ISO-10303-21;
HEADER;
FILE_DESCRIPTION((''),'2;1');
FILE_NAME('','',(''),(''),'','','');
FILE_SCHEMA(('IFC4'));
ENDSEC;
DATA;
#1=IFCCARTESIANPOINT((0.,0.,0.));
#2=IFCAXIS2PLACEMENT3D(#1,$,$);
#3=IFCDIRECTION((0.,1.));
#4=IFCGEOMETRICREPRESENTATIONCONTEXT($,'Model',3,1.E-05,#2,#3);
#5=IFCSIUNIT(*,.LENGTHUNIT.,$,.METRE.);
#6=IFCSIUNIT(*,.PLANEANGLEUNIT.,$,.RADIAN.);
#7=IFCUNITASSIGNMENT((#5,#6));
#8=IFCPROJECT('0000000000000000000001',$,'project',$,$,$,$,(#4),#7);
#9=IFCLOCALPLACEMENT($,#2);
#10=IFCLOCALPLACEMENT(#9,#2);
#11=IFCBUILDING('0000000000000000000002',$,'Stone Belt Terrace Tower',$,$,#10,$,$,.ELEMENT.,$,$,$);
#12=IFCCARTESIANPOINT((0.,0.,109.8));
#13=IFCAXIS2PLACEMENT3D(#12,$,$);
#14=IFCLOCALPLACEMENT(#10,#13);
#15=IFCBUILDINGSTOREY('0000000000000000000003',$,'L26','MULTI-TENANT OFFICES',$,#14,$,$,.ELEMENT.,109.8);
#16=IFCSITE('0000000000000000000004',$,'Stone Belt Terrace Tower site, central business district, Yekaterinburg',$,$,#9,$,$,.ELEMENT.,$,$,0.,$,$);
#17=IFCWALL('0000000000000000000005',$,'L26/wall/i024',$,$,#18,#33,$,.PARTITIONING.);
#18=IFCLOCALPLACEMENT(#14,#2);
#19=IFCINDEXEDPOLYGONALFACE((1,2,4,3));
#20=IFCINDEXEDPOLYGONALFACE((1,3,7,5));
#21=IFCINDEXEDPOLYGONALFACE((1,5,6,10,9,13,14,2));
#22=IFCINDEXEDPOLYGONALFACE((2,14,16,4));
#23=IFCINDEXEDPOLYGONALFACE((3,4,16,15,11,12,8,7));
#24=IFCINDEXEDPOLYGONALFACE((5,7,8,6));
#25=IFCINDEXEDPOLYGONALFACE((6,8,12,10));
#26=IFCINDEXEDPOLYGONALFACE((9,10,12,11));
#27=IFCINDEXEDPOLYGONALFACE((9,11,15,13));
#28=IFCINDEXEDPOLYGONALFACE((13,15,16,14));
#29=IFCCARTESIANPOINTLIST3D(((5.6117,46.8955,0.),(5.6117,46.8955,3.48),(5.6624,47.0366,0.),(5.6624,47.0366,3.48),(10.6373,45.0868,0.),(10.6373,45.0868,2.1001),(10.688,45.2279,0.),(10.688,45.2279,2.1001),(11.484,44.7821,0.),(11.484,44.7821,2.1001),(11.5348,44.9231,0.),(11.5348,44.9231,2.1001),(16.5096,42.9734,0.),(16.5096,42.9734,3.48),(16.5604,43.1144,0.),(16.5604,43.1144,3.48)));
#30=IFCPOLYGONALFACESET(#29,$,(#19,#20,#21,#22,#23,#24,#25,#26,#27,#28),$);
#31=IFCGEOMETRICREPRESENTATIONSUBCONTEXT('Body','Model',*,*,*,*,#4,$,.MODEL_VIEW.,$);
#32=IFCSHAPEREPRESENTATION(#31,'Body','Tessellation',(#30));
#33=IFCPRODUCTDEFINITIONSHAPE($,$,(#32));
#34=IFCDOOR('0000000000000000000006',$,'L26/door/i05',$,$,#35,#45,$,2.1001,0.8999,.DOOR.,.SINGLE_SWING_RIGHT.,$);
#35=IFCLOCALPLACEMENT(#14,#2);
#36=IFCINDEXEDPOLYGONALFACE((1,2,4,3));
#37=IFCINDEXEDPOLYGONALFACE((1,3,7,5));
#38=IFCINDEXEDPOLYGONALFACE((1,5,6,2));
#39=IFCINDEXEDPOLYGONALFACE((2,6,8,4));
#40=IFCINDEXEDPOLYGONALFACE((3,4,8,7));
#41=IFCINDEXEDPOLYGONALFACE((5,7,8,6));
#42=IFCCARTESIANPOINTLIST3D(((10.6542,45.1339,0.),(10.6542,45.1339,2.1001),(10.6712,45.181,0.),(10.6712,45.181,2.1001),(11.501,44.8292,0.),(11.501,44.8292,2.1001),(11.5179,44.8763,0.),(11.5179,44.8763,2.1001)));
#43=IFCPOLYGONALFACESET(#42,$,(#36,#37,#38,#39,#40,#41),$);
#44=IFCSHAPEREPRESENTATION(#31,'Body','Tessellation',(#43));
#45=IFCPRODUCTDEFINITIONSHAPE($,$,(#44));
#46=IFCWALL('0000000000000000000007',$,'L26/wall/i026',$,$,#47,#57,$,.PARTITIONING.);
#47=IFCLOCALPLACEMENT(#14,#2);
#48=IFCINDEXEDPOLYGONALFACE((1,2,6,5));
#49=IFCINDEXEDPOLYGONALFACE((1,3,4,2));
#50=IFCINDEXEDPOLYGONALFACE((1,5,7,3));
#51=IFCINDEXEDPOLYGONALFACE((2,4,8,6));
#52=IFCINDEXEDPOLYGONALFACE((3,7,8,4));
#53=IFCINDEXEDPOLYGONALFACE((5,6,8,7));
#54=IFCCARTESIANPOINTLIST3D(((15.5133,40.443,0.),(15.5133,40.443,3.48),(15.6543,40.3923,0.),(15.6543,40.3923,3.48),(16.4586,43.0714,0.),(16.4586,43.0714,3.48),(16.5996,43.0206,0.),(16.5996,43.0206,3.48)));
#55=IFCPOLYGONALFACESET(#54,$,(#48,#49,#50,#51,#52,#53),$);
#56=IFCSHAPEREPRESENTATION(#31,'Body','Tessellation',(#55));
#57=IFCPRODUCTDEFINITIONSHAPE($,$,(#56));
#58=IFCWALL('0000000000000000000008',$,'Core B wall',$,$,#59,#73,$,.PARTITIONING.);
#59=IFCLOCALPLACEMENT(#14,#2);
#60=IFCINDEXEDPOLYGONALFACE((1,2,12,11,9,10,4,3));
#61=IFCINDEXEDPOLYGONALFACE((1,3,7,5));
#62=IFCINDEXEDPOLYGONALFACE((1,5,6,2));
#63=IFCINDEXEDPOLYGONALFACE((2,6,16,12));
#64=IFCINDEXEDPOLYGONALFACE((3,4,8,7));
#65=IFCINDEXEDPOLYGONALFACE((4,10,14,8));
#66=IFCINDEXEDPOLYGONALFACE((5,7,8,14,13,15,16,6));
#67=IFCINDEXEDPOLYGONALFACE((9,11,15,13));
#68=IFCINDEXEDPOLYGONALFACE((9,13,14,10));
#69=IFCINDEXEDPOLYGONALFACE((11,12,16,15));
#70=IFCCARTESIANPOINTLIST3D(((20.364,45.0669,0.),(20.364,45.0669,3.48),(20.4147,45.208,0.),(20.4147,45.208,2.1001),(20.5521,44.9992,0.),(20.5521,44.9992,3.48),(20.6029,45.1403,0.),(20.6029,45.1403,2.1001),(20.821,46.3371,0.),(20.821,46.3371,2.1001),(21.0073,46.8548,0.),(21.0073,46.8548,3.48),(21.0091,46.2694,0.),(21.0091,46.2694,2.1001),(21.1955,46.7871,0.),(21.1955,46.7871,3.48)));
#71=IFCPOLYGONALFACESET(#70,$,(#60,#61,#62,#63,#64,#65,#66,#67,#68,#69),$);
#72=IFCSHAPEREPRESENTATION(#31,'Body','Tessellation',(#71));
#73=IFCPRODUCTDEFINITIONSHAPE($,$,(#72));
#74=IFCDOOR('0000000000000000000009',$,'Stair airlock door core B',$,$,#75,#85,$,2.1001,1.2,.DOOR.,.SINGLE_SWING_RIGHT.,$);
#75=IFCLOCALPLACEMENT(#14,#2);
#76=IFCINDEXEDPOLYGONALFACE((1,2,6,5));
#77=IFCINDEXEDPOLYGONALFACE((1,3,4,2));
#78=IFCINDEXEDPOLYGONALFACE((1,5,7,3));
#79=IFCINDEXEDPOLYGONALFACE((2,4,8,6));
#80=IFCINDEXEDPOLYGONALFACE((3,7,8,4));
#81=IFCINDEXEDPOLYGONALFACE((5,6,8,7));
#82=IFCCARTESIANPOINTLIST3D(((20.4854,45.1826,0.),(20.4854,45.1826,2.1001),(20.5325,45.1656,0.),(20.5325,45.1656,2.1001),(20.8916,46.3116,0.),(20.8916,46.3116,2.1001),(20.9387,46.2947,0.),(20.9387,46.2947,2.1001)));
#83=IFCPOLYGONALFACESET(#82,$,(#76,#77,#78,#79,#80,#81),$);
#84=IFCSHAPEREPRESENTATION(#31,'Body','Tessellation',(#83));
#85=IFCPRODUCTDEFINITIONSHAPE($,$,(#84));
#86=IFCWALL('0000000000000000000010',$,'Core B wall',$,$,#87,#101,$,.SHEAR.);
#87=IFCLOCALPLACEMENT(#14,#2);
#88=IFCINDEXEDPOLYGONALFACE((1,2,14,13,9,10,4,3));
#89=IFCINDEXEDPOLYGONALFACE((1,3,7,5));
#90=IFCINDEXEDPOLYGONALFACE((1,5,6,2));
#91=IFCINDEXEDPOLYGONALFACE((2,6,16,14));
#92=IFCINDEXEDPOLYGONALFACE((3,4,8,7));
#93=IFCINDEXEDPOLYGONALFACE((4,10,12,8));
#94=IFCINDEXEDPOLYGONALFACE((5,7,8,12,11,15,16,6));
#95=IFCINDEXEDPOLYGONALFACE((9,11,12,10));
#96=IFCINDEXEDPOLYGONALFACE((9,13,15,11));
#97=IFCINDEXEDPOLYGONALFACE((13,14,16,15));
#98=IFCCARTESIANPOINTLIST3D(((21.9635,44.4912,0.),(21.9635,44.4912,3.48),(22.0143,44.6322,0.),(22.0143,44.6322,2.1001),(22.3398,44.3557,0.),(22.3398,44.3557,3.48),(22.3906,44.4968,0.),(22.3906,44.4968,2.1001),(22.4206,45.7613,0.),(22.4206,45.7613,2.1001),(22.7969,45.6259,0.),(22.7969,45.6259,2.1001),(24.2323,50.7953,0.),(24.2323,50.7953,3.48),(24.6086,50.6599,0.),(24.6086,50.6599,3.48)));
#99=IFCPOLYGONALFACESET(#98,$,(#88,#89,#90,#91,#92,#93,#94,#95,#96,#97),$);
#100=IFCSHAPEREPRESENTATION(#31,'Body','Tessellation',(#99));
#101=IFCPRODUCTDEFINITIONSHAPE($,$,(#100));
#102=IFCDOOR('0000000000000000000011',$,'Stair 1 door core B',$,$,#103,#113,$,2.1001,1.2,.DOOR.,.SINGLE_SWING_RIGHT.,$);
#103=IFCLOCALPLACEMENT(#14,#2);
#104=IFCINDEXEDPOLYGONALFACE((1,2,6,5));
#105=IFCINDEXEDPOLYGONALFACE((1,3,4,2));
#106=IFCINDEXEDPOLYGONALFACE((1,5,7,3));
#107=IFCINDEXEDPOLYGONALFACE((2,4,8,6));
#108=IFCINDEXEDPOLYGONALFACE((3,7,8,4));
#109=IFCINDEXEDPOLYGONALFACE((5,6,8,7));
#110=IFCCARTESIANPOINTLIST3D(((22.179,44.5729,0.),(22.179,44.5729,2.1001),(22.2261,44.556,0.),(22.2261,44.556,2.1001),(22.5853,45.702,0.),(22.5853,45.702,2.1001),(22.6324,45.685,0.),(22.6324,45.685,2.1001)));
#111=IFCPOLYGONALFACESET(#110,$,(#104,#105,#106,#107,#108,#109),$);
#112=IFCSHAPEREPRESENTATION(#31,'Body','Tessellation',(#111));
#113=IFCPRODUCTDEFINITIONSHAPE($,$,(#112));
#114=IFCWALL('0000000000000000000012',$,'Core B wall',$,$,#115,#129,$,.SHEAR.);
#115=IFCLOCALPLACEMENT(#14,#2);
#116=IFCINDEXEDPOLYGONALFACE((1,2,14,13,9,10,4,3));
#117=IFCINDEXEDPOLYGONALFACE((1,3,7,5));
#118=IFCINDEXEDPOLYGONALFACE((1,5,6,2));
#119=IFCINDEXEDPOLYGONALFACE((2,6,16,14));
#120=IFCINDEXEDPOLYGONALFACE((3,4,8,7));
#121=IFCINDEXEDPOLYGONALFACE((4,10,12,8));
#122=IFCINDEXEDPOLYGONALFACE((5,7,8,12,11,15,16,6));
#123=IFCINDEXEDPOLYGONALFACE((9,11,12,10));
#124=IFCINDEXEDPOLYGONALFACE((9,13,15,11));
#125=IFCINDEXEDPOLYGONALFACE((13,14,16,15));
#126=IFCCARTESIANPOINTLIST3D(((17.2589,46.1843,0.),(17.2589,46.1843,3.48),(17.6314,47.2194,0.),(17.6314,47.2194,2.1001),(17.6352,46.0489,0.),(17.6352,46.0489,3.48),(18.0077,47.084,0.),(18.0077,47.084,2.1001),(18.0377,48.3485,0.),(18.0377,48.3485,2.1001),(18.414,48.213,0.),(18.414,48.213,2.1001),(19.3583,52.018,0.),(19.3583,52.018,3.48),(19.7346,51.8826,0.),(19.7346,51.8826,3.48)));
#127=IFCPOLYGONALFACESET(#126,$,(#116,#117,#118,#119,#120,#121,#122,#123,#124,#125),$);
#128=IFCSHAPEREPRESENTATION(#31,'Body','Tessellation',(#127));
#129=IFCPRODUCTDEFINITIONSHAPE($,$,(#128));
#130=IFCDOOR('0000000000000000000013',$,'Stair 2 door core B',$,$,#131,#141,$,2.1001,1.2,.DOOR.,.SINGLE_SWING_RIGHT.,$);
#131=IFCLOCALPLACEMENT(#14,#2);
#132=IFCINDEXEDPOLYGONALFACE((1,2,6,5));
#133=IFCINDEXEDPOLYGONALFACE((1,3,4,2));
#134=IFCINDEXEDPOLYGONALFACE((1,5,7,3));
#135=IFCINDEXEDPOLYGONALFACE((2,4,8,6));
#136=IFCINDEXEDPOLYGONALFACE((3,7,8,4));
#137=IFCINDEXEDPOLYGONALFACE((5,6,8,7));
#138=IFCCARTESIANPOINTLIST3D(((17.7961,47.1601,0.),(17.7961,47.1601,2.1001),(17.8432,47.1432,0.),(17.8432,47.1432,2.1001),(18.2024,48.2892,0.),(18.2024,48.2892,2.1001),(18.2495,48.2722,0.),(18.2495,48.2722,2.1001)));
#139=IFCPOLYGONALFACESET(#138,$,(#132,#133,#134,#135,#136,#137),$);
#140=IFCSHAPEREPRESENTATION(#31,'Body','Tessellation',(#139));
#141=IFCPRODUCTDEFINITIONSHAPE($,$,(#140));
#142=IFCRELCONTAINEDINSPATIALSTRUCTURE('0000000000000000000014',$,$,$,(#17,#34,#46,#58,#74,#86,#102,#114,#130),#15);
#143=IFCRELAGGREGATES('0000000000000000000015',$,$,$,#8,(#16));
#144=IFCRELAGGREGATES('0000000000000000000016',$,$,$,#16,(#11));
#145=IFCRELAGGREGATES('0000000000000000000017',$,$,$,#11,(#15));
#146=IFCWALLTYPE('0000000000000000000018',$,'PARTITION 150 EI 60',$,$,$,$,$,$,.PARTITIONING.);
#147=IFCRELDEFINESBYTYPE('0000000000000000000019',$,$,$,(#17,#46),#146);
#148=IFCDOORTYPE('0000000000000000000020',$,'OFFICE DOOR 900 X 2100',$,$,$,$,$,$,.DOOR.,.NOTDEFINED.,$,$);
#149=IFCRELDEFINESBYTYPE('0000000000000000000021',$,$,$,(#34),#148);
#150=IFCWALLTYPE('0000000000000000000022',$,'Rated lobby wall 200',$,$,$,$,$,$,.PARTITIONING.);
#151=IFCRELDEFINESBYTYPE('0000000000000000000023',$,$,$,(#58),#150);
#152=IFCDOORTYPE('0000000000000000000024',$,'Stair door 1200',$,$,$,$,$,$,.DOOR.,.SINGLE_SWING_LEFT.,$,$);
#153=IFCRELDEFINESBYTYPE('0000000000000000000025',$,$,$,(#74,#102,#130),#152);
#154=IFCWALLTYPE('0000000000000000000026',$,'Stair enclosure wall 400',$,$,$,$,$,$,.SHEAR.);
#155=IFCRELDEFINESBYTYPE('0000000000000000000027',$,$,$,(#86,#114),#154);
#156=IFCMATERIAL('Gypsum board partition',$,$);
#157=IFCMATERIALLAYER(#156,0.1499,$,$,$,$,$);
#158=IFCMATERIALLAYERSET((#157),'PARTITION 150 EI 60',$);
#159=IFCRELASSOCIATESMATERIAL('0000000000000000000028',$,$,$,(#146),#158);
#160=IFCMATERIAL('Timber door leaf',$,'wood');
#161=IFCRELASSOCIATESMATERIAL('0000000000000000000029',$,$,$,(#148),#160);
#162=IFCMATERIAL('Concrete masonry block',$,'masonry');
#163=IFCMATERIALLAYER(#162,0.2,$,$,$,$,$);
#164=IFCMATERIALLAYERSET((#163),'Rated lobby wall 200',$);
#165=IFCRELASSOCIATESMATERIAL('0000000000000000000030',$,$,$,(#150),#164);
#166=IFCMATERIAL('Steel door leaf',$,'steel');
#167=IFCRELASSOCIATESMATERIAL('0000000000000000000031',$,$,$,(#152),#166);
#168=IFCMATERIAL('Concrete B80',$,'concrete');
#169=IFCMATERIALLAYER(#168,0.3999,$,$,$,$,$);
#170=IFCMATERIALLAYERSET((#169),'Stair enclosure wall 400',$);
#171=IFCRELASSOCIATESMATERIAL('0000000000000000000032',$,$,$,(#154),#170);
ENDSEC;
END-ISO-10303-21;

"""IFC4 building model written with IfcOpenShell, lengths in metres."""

from ifc_helpers import new_model, si_unit, direction, frame, frame_2d, origin, place, context, subcontext, project, spatial, rectangle, extrude, material, layer, layer_set, type_object, element, fill, save


model = new_model("IFC4")

# Units and contexts
model_context = context("Model", 3, precision=1e-05, world=origin(), true_north=direction((0.0, 1.0)))
body_context = subcontext(model_context, "Body", "Model", "MODEL_VIEW")
ifc_project = project(units=[si_unit("LENGTHUNIT", "METRE"), si_unit("PLANEANGLEUNIT", "RADIAN")], contexts=[model_context])

# Site, building, storey
site_placement = place(None, origin())
site = spatial("IfcSite", under=ifc_project, at=site_placement, Name="Stone Belt Terrace Tower site, central business district, Yekaterinburg", CompositionType="ELEMENT", RefElevation=0.0)
building_placement = place(site_placement, origin())
building = spatial("IfcBuilding", under=site, at=building_placement, Name="Stone Belt Terrace Tower", CompositionType="ELEMENT")
storey_placement = place(building_placement, frame((0.0, 0.0, 109.8)))
storey = spatial("IfcBuildingStorey", under=building, at=storey_placement, Name="L26", Description="MULTI-TENANT OFFICES", CompositionType="ELEMENT", Elevation=109.8)

# Shared definitions
ifc_material_1 = material(Name="Concrete B80", Category="concrete")

# Wall, opening, door
ifc_material_2 = material(Name="Gypsum board partition")
ifc_layer_1 = layer(ifc_material_2, 0.1499)
ifc_layer_set_1 = layer_set([ifc_layer_1], Name="PARTITION 150 EI 60")
wall_type_1 = type_object("IfcWallType", Name="PARTITION 150 EI 60", PredefinedType="PARTITIONING", material=ifc_layer_set_1)
wall_1_placement = place(storey_placement, frame((16.5349, 43.0439, 0.0), z_axis=(0.0, 0.0, 1.0), x_axis=(-0.940919, 0.338632, 0.0)))
wall_1 = element("IfcWall", 1, at=wall_1_placement, inside=storey, type_object=wall_type_1, Name="L26/wall/i024", PredefinedType="PARTITIONING", context=body_context, shape_type="SweptSolid", body=[
    extrude(rectangle(XDim=11.5823, YDim=0.1499, at=frame_2d((5.791, 0.0))), origin(), (0.0, 0.0, 1.0), 3.48),
])
opening_1_placement = place(wall_1_placement, frame((5.3411, 0.0, 0.0)))
opening_1 = element("IfcOpeningElement", 2, at=opening_1_placement, cuts=wall_1, PredefinedType="OPENING", context=body_context, shape_type="SweptSolid", body=[
    extrude(rectangle(XDim=0.8999, YDim=2.1001, at=frame_2d((0.45, 1.05))), frame((0.0, 0.085, 0.0), z_axis=(0.0, -1.0, 0.0), x_axis=(1.0, 0.0, 0.0)), (0.0, 0.0, 1.0), 0.1699),
])
ifc_material_3 = material(Name="Timber door leaf", Category="wood")
door_type_1 = type_object("IfcDoorType", Name="OFFICE DOOR 900 X 2100", OperationType="NOTDEFINED", PredefinedType="DOOR", material=ifc_material_3)
door_1_placement = place(opening_1_placement, origin())
door_1 = element("IfcDoor", 3, at=door_1_placement, inside=storey, type_object=door_type_1, Name="L26/door/i05", OperationType="SINGLE_SWING_RIGHT", OverallHeight=2.1001, OverallWidth=0.8999, PredefinedType="DOOR", context=body_context, shape_type="SweptSolid", body=[
    extrude(rectangle(XDim=0.8999, YDim=2.1001, at=frame_2d((0.45, 1.05))), frame((0.0, 0.0249, 0.0), z_axis=(0.0, -1.0, 0.0), x_axis=(1.0, 0.0, 0.0)), (0.0, 0.0, 1.0), 0.05),
])
fill(opening_1, door_1)

# Wall
wall_2_placement = place(storey_placement, frame((16.5291, 43.0459, 0.0), z_axis=(0.0, 0.0, 1.0), x_axis=(-0.338429, -0.940992, 0.0)))
element("IfcWall", 4, at=wall_2_placement, inside=storey, type_object=wall_type_1, Name="L26/wall/i026", PredefinedType="PARTITIONING", context=body_context, shape_type="SweptSolid", body=[
    extrude(rectangle(XDim=2.7932, YDim=0.1499, at=frame_2d((1.3965, 0.0))), origin(), (0.0, 0.0, 1.0), 3.48),
])

# Walls, openings, doors
ifc_material_4 = material(Name="Concrete masonry block", Category="masonry")
ifc_layer_2 = layer(ifc_material_4, 0.2)
ifc_layer_set_2 = layer_set([ifc_layer_2], Name="Rated lobby wall 200")
wall_type_2 = type_object("IfcWallType", Name="Rated lobby wall 200", PredefinedType="PARTITIONING", material=ifc_layer_set_2)
wall_3_placement = place(storey_placement, frame((20.458, 45.033, 0.0), z_axis=(0.0, 0.0, 1.0), x_axis=(0.338574, 0.94094, 0.0)))
wall_3 = element("IfcWall", 5, at=wall_3_placement, inside=storey, type_object=wall_type_2, Name="Core B wall", PredefinedType="PARTITIONING", context=body_context, shape_type="SweptSolid", body=[
    extrude(rectangle(XDim=1.9001, YDim=0.2, at=frame_2d((0.9502, 0.0))), origin(), (0.0, 0.0, 1.0), 3.48),
])
opening_2_placement = place(wall_3_placement, frame((0.1499, 0.0, 0.0)))
opening_2 = element("IfcOpeningElement", 6, at=opening_2_placement, cuts=wall_3, PredefinedType="OPENING", context=body_context, shape_type="SweptSolid", body=[
    extrude(rectangle(XDim=1.2, YDim=2.1001, at=frame_2d((0.6001, 1.05))), frame((0.0, 0.1099, 0.0), z_axis=(0.0, -1.0, 0.0), x_axis=(1.0, 0.0, 0.0)), (0.0, 0.0, 1.0), 0.22),
])
ifc_material_5 = material(Name="Steel door leaf", Category="steel")
door_type_2 = type_object("IfcDoorType", Name="Stair door 1200", OperationType="SINGLE_SWING_LEFT", PredefinedType="DOOR", material=ifc_material_5)
door_2_placement = place(opening_2_placement, origin())
door_2 = element("IfcDoor", 7, at=door_2_placement, inside=storey, type_object=door_type_2, Name="Stair airlock door core B", OperationType="SINGLE_SWING_RIGHT", OverallHeight=2.1001, OverallWidth=1.2, PredefinedType="DOOR", context=body_context, shape_type="SweptSolid", body=[
    extrude(rectangle(XDim=1.2, YDim=2.1001, at=frame_2d((0.6001, 1.05))), frame((0.0, 0.0249, 0.0), z_axis=(0.0, -1.0, 0.0), x_axis=(1.0, 0.0, 0.0)), (0.0, 0.0, 1.0), 0.05),
])
fill(opening_2, door_2)
ifc_layer_3 = layer(ifc_material_1, 0.3999)
ifc_layer_set_3 = layer_set([ifc_layer_3], Name="Stair enclosure wall 400")
wall_type_3 = type_object("IfcWallType", Name="Stair enclosure wall 400", PredefinedType="SHEAR", material=ifc_layer_set_3)
wall_4_placement = place(storey_placement, frame((22.1516, 44.4233, 0.0), z_axis=(0.0, 0.0, 1.0), x_axis=(0.338625, 0.940921, 0.0)))
wall_4 = element("IfcWall", 8, at=wall_4_placement, inside=storey, type_object=wall_type_3, Name="Core B wall", PredefinedType="SHEAR", context=body_context, shape_type="SweptSolid", body=[
    extrude(rectangle(XDim=6.7, YDim=0.3999, at=frame_2d((3.3501, 0.0))), origin(), (0.0, 0.0, 1.0), 3.48),
])
opening_3_placement = place(wall_4_placement, frame((0.1499, 0.0, 0.0)))
opening_3 = element("IfcOpeningElement", 9, at=opening_3_placement, cuts=wall_4, PredefinedType="OPENING", context=body_context, shape_type="SweptSolid", body=[
    extrude(rectangle(XDim=1.2, YDim=2.1001, at=frame_2d((0.6001, 1.05))), frame((0.0, 0.21, 0.0), z_axis=(0.0, -1.0, 0.0), x_axis=(1.0, 0.0, 0.0)), (0.0, 0.0, 1.0), 0.4199),
])
door_3_placement = place(opening_3_placement, origin())
door_3 = element("IfcDoor", 10, at=door_3_placement, inside=storey, type_object=door_type_2, Name="Stair 1 door core B", OperationType="SINGLE_SWING_RIGHT", OverallHeight=2.1001, OverallWidth=1.2, PredefinedType="DOOR", context=body_context, shape_type="SweptSolid", body=[
    extrude(rectangle(XDim=1.2, YDim=2.1001, at=frame_2d((0.6001, 1.05))), frame((0.0, 0.0249, 0.0), z_axis=(0.0, -1.0, 0.0), x_axis=(1.0, 0.0, 0.0)), (0.0, 0.0, 1.0), 0.05),
])
fill(opening_3, door_3)
wall_5_placement = place(storey_placement, frame((17.447, 46.1165, 0.0), z_axis=(0.0, 0.0, 1.0), x_axis=(0.338608, 0.940928, 0.0)))
wall_5 = element("IfcWall", 11, at=wall_5_placement, inside=storey, type_object=wall_type_3, Name="Core B wall", PredefinedType="SHEAR", context=body_context, shape_type="SweptSolid", body=[
    extrude(rectangle(XDim=6.2, YDim=0.3999, at=frame_2d((3.1001, 0.0))), origin(), (0.0, 0.0, 1.0), 3.48),
])
opening_4_placement = place(wall_5_placement, frame((1.1001, 0.0, 0.0)))
opening_4 = element("IfcOpeningElement", 12, at=opening_4_placement, cuts=wall_5, PredefinedType="OPENING", context=body_context, shape_type="SweptSolid", body=[
    extrude(rectangle(XDim=1.2, YDim=2.1001, at=frame_2d((0.6001, 1.05))), frame((0.0, 0.21, 0.0), z_axis=(0.0, -1.0, 0.0), x_axis=(1.0, 0.0, 0.0)), (0.0, 0.0, 1.0), 0.4199),
])
door_4_placement = place(opening_4_placement, origin())
door_4 = element("IfcDoor", 13, at=door_4_placement, inside=storey, type_object=door_type_2, Name="Stair 2 door core B", OperationType="SINGLE_SWING_RIGHT", OverallHeight=2.1001, OverallWidth=1.2, PredefinedType="DOOR", context=body_context, shape_type="SweptSolid", body=[
    extrude(rectangle(XDim=1.2, YDim=2.1001, at=frame_2d((0.6001, 1.05))), frame((0.0, 0.0249, 0.0), z_axis=(0.0, -1.0, 0.0), x_axis=(1.0, 0.0, 0.0)), (0.0, 0.0, 1.0), 0.05),
])
fill(opening_4, door_4)

save(model, "model.ifc")
